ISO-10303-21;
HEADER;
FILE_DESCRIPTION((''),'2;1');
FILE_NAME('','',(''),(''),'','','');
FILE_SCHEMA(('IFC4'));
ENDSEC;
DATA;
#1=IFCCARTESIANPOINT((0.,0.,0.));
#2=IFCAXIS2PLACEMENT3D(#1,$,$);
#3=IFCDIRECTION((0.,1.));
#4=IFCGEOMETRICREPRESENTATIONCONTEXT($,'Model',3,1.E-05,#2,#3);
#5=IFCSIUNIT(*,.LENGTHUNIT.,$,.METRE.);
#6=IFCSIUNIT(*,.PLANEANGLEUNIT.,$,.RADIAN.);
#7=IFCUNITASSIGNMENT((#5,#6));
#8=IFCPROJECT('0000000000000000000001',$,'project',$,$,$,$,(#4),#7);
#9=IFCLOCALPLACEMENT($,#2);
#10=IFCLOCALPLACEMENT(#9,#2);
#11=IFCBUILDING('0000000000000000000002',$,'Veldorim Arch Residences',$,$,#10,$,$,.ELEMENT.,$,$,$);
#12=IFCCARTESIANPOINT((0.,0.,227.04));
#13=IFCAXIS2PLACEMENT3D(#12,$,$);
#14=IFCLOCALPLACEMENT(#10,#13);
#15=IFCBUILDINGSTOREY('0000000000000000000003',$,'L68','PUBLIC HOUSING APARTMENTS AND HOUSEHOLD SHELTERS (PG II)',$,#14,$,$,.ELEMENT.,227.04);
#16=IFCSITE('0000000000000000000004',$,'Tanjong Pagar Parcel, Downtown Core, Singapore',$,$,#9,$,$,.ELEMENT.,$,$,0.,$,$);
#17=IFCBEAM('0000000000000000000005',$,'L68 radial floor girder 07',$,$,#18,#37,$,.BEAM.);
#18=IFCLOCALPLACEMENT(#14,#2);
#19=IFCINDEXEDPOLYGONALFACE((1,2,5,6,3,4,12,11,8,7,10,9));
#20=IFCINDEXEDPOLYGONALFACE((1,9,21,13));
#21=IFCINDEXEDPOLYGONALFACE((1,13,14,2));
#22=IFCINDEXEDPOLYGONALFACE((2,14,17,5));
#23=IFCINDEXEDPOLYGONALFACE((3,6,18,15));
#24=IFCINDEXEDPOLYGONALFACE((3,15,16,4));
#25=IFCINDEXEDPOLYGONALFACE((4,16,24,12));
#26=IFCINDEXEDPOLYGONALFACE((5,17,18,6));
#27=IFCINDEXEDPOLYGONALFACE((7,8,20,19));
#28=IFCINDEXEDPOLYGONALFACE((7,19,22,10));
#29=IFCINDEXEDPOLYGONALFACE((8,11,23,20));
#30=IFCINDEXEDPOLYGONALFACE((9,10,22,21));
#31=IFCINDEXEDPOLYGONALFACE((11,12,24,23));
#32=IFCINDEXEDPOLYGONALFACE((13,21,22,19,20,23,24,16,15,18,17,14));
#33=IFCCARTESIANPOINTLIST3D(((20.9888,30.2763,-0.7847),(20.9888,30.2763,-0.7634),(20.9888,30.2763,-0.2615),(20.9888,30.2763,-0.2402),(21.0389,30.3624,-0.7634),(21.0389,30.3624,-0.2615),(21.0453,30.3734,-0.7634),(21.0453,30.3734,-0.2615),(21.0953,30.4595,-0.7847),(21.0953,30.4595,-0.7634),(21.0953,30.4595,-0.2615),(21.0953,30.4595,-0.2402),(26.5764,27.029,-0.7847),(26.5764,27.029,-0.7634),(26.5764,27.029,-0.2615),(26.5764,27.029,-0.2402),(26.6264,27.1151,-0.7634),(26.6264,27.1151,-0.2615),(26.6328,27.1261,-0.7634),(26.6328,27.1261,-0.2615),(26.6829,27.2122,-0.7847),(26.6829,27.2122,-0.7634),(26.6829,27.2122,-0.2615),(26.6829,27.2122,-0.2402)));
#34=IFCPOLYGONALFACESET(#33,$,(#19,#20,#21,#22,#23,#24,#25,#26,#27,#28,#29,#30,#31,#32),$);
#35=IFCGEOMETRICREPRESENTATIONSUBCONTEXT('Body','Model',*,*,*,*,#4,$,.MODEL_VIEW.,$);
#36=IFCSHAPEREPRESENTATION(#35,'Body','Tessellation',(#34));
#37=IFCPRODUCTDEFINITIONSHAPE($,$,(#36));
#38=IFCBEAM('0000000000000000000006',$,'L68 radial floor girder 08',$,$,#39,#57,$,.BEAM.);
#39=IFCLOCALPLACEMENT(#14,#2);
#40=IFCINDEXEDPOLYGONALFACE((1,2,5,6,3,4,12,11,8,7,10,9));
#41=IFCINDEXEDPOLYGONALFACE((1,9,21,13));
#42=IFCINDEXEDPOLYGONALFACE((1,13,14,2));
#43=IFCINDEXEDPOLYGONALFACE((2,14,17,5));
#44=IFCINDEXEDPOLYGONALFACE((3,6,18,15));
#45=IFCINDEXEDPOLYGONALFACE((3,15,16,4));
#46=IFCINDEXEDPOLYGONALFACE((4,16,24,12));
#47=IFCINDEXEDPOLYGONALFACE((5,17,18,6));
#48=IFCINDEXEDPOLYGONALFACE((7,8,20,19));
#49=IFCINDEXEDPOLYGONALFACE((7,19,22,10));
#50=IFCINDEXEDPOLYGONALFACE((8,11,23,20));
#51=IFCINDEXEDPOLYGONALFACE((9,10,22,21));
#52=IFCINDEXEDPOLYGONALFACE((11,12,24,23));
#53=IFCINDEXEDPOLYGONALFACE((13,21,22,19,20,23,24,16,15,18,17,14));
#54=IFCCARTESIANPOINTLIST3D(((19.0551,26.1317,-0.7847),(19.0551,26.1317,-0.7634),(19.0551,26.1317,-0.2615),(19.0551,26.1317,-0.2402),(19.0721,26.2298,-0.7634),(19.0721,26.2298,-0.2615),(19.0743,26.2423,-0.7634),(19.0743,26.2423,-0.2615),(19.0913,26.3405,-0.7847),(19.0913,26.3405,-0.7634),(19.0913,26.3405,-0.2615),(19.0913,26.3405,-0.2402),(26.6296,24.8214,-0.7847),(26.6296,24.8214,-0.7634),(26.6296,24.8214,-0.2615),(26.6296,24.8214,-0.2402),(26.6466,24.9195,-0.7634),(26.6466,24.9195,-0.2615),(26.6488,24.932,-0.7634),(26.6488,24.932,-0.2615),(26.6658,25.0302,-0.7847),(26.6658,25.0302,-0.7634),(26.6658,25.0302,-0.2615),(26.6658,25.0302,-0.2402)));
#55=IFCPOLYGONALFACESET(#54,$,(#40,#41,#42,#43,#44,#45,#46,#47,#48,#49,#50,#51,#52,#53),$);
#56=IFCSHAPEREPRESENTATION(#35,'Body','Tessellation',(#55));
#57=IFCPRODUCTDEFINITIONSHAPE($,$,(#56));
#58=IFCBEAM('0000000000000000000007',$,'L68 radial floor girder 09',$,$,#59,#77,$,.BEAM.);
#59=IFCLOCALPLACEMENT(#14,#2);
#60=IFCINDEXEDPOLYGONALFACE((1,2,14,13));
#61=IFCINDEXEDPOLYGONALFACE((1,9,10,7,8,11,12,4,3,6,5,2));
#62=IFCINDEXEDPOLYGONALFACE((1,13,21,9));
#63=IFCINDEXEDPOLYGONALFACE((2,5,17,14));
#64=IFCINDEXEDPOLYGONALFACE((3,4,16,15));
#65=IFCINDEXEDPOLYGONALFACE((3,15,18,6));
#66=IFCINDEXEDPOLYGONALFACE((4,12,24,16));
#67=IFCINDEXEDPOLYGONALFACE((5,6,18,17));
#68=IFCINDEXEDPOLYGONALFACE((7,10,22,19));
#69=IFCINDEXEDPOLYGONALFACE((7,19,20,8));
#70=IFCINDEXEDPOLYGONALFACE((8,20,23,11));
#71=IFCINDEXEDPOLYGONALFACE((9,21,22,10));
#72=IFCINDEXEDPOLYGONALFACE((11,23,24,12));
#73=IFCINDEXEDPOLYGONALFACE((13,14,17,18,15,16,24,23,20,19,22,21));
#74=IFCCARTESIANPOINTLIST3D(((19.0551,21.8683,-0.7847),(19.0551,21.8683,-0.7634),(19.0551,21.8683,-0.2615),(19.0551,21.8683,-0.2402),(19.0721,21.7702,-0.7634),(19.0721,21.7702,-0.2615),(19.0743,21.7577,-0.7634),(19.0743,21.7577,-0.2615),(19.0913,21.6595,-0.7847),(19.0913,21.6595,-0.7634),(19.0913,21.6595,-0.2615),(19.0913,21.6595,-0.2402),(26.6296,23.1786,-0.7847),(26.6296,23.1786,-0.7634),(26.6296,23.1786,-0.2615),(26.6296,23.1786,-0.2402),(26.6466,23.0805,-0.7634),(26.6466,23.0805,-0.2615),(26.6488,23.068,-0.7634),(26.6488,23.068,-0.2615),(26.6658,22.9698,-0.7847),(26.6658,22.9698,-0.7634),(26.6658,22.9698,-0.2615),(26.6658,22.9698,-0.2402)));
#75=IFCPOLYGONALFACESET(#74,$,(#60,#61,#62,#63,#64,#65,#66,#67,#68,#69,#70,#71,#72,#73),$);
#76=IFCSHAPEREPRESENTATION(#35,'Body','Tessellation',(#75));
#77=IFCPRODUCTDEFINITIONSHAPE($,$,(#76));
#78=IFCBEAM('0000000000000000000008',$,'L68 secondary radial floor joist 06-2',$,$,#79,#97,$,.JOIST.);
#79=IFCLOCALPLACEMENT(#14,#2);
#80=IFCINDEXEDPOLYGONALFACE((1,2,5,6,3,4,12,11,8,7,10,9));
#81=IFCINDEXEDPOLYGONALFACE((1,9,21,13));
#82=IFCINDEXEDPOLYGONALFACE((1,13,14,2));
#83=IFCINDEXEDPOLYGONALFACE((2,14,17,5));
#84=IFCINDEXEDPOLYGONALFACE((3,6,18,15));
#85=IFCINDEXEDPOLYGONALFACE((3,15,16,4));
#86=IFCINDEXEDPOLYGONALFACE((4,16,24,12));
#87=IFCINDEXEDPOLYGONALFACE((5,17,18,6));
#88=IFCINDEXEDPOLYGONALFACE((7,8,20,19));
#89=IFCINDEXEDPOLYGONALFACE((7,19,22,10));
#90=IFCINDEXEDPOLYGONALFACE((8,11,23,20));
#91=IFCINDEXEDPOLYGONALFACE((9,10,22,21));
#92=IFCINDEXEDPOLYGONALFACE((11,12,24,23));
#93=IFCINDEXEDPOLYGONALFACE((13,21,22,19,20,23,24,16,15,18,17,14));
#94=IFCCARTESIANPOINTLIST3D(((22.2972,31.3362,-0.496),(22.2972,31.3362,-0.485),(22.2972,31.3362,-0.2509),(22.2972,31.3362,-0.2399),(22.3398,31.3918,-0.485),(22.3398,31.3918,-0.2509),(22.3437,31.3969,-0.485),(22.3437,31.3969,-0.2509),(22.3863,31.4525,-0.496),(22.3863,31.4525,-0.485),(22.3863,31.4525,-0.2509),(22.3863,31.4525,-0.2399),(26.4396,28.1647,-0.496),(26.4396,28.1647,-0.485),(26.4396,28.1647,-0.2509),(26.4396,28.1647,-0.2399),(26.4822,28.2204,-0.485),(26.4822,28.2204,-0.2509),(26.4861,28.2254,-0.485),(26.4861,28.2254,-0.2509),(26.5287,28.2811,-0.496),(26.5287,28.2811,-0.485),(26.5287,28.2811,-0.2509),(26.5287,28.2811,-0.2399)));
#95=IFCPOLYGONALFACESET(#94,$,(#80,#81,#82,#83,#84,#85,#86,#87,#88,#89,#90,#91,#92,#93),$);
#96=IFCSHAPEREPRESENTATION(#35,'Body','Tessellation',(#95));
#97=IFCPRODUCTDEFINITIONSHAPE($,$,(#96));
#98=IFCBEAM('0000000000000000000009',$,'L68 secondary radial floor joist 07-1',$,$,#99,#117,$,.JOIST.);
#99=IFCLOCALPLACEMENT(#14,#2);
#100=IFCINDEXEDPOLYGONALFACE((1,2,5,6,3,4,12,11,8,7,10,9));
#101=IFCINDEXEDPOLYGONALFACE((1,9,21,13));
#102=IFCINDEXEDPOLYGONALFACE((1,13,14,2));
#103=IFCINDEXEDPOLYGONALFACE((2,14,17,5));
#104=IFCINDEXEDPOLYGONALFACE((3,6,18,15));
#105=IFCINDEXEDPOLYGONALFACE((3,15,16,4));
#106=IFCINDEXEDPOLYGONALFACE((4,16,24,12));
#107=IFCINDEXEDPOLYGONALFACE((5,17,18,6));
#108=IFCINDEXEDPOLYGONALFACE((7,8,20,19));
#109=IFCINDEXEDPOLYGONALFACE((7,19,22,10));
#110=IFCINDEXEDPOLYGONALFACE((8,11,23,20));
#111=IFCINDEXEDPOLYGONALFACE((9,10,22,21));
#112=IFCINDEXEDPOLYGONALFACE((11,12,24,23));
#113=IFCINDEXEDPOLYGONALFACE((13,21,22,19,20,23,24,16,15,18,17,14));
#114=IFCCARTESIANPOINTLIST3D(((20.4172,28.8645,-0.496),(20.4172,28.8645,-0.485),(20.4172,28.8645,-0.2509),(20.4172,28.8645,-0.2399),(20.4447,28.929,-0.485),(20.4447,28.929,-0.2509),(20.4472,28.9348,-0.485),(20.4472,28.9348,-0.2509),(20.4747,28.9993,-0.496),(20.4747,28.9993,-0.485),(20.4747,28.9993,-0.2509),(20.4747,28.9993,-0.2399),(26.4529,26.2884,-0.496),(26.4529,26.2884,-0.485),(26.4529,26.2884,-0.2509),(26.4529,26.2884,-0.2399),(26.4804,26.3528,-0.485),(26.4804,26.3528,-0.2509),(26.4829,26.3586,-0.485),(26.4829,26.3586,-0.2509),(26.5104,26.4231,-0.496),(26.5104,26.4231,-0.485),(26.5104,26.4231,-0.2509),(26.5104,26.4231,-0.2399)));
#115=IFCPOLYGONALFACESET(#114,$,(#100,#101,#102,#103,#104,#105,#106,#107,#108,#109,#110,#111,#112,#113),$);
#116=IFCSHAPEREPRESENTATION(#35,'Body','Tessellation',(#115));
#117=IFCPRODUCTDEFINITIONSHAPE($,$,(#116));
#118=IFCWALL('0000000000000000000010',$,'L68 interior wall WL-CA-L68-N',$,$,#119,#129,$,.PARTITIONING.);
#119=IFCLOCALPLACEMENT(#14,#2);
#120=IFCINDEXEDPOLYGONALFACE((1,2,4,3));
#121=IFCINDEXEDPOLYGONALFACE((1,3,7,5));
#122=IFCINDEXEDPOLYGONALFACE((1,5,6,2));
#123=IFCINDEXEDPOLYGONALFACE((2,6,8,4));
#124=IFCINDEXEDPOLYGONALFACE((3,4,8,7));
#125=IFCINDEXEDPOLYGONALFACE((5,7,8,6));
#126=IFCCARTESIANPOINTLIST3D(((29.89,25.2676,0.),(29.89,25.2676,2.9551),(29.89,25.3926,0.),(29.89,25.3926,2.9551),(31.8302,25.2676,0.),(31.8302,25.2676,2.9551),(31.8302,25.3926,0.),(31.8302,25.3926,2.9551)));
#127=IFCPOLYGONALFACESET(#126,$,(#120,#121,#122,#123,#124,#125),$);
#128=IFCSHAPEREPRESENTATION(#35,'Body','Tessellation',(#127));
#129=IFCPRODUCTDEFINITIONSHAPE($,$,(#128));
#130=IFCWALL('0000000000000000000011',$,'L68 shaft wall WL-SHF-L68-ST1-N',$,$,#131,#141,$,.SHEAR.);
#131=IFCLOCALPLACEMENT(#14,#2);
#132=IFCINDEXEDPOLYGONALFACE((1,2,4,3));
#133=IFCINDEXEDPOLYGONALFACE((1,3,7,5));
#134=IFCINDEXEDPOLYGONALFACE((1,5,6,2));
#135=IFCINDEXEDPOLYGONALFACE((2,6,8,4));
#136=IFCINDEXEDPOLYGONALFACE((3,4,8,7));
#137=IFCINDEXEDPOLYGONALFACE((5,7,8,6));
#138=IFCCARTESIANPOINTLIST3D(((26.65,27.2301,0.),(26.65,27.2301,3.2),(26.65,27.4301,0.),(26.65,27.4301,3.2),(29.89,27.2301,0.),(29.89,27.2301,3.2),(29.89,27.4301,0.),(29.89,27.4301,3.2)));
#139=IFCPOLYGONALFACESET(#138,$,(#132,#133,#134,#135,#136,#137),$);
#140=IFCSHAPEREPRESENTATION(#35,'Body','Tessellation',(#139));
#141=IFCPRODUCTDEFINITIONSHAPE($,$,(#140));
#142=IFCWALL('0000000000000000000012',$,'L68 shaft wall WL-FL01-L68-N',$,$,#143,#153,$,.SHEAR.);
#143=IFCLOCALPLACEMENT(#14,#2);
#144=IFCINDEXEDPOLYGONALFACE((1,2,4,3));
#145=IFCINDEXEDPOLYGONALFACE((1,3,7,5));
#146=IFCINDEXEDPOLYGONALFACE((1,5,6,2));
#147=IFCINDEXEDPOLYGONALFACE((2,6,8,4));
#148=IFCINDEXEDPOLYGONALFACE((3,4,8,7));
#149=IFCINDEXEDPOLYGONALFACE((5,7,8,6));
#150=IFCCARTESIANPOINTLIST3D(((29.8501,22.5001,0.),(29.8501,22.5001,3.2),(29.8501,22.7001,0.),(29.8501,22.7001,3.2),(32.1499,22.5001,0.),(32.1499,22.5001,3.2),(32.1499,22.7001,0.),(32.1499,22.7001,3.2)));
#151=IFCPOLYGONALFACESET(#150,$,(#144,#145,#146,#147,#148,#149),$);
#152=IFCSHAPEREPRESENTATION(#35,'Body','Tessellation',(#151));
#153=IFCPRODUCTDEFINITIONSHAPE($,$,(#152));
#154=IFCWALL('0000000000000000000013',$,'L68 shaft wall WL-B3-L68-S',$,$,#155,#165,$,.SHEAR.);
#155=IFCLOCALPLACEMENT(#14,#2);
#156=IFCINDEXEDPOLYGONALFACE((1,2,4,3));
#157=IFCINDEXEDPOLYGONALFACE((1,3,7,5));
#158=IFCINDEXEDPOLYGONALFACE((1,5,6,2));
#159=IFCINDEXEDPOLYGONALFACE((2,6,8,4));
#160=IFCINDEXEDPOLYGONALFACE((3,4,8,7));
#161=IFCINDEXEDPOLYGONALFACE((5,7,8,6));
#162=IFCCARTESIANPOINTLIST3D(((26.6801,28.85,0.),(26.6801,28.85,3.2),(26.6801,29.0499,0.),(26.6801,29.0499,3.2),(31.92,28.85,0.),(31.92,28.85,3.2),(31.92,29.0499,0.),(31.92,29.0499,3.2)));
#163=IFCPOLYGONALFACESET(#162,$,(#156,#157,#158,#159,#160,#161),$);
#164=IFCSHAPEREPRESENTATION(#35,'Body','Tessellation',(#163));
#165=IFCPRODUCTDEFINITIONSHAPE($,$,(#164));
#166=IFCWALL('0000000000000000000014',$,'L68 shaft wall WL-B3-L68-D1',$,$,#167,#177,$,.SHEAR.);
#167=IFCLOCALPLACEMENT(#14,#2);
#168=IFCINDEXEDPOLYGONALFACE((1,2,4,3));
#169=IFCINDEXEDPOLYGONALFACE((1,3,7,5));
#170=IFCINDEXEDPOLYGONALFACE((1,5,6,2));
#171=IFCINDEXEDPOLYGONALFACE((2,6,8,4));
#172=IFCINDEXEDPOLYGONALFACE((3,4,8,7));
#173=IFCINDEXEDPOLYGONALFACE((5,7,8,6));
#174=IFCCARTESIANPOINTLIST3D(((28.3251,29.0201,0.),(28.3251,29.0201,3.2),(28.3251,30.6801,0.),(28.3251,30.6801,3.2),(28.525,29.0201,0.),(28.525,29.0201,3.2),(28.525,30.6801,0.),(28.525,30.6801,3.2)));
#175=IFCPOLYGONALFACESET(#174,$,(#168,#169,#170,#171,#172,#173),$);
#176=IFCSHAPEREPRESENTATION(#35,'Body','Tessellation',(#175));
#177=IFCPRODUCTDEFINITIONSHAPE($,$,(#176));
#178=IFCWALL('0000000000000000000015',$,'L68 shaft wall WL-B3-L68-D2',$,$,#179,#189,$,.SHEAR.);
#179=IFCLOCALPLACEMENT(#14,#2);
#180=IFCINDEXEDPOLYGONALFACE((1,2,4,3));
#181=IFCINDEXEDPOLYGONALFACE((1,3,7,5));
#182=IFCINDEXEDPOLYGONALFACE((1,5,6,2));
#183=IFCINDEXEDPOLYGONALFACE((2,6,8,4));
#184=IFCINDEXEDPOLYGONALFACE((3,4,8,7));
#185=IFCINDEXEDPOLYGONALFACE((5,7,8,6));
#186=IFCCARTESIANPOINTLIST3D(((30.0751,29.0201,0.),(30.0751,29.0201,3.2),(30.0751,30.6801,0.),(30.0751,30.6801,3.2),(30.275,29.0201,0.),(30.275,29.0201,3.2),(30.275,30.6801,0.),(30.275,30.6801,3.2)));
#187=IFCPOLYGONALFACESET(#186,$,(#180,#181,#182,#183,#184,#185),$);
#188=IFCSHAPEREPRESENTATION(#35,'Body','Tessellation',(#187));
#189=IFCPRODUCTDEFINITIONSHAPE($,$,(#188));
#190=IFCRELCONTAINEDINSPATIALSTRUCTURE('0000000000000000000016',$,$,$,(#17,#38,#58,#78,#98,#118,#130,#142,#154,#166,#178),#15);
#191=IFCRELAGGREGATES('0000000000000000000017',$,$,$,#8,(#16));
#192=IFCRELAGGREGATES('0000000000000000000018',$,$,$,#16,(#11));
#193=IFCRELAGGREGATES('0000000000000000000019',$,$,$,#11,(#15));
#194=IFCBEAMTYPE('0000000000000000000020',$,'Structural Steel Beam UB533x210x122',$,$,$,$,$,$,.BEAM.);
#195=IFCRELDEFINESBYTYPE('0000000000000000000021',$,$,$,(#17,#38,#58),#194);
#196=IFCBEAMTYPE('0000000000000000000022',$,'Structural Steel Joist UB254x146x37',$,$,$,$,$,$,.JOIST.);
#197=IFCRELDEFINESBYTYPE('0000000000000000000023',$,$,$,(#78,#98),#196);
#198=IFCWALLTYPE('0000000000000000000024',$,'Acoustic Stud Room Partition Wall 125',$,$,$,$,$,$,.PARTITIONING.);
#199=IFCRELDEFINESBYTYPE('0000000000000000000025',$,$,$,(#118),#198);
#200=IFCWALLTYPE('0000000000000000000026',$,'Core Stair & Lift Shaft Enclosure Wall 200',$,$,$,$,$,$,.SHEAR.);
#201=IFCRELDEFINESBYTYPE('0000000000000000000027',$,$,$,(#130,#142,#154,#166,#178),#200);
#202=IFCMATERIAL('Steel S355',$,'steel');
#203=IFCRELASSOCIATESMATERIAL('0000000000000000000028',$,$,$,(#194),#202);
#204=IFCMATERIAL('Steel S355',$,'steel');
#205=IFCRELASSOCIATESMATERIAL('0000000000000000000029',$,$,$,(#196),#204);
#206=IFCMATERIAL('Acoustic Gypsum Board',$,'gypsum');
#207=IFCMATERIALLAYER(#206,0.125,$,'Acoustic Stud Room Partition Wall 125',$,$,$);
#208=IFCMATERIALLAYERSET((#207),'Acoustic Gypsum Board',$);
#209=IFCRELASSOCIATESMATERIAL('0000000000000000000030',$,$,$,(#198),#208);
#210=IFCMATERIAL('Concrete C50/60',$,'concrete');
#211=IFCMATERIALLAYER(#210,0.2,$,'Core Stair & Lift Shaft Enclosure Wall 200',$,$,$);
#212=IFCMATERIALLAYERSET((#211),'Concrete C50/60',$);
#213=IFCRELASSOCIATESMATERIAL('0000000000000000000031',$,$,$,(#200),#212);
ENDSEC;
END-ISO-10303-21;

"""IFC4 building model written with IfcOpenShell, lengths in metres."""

from ifc_helpers import new_model, si_unit, direction, frame, frame_2d, origin, origin_2d, place, context, subcontext, project, spatial, rectangle, i_section, extrude, material, layer, layer_set, material_profile, profile_set, type_object, element, save


model = new_model("IFC4")

# Units and contexts
model_context = context("Model", 3, precision=1e-05, world=origin(), true_north=direction((0.0, 1.0)))
body_context = subcontext(model_context, "Body", "Model", "MODEL_VIEW")
ifc_project = project(units=[si_unit("LENGTHUNIT", "METRE"), si_unit("PLANEANGLEUNIT", "RADIAN")], contexts=[model_context])

# Site, building, storey
site_placement = place(None, origin())
site = spatial("IfcSite", under=ifc_project, at=site_placement, Name="Tanjong Pagar Parcel, Downtown Core, Singapore", CompositionType="ELEMENT", RefElevation=0.0)
building_placement = place(site_placement, origin())
building = spatial("IfcBuilding", under=site, at=building_placement, Name="Veldorim Arch Residences", CompositionType="ELEMENT")
storey_placement = place(building_placement, frame((0.0, 0.0, 227.04)))
storey = spatial("IfcBuildingStorey", under=building, at=storey_placement, Name="L68", Description="PUBLIC HOUSING APARTMENTS AND HOUSEHOLD SHELTERS (PG II)", CompositionType="ELEMENT", Elevation=227.04)

# Beams
ifc_material_1 = material(Name="Steel S355", Category="steel")
ifc_material_profile_1 = material_profile(ifc_material_1, i_section(OverallWidth=0.2119, OverallDepth=0.5444, WebThickness=0.0127, FlangeThickness=0.0212, at=origin_2d()), Name="UB533x210x122")
ifc_profile_set_1 = profile_set([ifc_material_profile_1], Name="Steel S355")
beam_type_1 = type_object("IfcBeamType", Name="Structural Steel Beam UB533x210x122", PredefinedType="BEAM", material=ifc_profile_set_1)
beam_1_placement = place(storey_placement, frame((26.6296, 27.1206, -0.5125), z_axis=(-0.864596, 0.502468, 0.0), x_axis=(-0.502468, -0.864596, 0.0)))
element("IfcBeam", 1, at=beam_1_placement, inside=storey, type_object=beam_type_1, Name="L68 radial floor girder 07", PredefinedType="BEAM", context=body_context, shape_type="SweptSolid", body=[
    extrude(i_section(OverallWidth=0.2119, OverallDepth=0.5444, WebThickness=0.0127, FlangeThickness=0.0212, at=origin_2d()), origin(), (0.0, 0.0, 1.0), 6.4626),
])
for number, where, z_axis, x_axis, name in (
    (2, (26.6477, 24.9258, -0.5125), (-0.985365, 0.170458, 0.0), (-0.170458, -0.985365, 0.0), "L68 radial floor girder 08"),
    (3, (26.6477, 23.0742, -0.5125), (-0.985365, -0.170458, 0.0), (0.170458, -0.985365, 0.0), "L68 radial floor girder 09"),
):
    element("IfcBeam", number, at=place(storey_placement, frame(where, z_axis=z_axis, x_axis=x_axis)), inside=storey, type_object=beam_type_1, Name=name, PredefinedType="BEAM", context=body_context, shape_type="SweptSolid", body=[
        extrude(i_section(OverallWidth=0.2119, OverallDepth=0.5444, WebThickness=0.0127, FlangeThickness=0.0212, at=origin_2d()), origin(), (0.0, 0.0, 1.0), 7.687),
    ])
ifc_material_2 = material(Name="Steel S355", Category="steel")
ifc_material_profile_2 = material_profile(ifc_material_2, i_section(OverallWidth=0.1465, OverallDepth=0.2561, WebThickness=0.0063, FlangeThickness=0.011, at=origin_2d()), Name="UB254x146x37")
ifc_profile_set_2 = profile_set([ifc_material_profile_2], Name="Steel S355")
beam_type_2 = type_object("IfcBeamType", Name="Structural Steel Joist UB254x146x37", PredefinedType="JOIST", material=ifc_profile_set_2)
beam_2_placement = place(storey_placement, frame((26.4841, 28.2229, -0.3679), z_axis=(-0.794014, 0.6079, 0.0), x_axis=(-0.6079, -0.794014, 0.0)))
element("IfcBeam", 4, at=beam_2_placement, inside=storey, type_object=beam_type_2, Name="L68 secondary radial floor joist 06-2", PredefinedType="JOIST", context=body_context, shape_type="SweptSolid", body=[
    extrude(i_section(OverallWidth=0.1465, OverallDepth=0.2561, WebThickness=0.0063, FlangeThickness=0.011, at=origin_2d()), origin(), (0.0, 0.0, 1.0), 5.217),
])
beam_3_placement = place(storey_placement, frame((26.4817, 26.3557, -0.3679), z_axis=(-0.919725, 0.392563, 0.0), x_axis=(-0.392563, -0.919725, 0.0)))
element("IfcBeam", 5, at=beam_3_placement, inside=storey, type_object=beam_type_2, Name="L68 secondary radial floor joist 07-1", PredefinedType="JOIST", context=body_context, shape_type="SweptSolid", body=[
    extrude(i_section(OverallWidth=0.1465, OverallDepth=0.2561, WebThickness=0.0063, FlangeThickness=0.011, at=origin_2d()), origin(), (0.0, 0.0, 1.0), 6.5625),
])

# Walls
ifc_material_3 = material(Name="Acoustic Gypsum Board", Category="gypsum")
ifc_layer_1 = layer(ifc_material_3, 0.125, Name="Acoustic Stud Room Partition Wall 125")
ifc_layer_set_1 = layer_set([ifc_layer_1], Name="Acoustic Gypsum Board")
wall_type_1 = type_object("IfcWallType", Name="Acoustic Stud Room Partition Wall 125", PredefinedType="PARTITIONING", material=ifc_layer_set_1)
wall_1_placement = place(storey_placement, frame((29.8899, 25.3301, 0.0), z_axis=(0.0, 0.0, 1.0), x_axis=(1.0, 0.0, 0.0)))
element("IfcWall", 6, at=wall_1_placement, inside=storey, type_object=wall_type_1, Name="L68 interior wall WL-CA-L68-N", PredefinedType="PARTITIONING", context=body_context, shape_type="SweptSolid", body=[
    extrude(rectangle(XDim=1.9402, YDim=0.125, at=frame_2d((0.9702, 0.0))), origin(), (0.0, 0.0, 1.0), 2.9551),
])
ifc_material_4 = material(Name="Concrete C50/60", Category="concrete")
ifc_layer_2 = layer(ifc_material_4, 0.2, Name="Core Stair & Lift Shaft Enclosure Wall 200")
ifc_layer_set_2 = layer_set([ifc_layer_2], Name="Concrete C50/60")
wall_type_2 = type_object("IfcWallType", Name="Core Stair & Lift Shaft Enclosure Wall 200", PredefinedType="SHEAR", material=ifc_layer_set_2)
wall_2_placement = place(storey_placement, frame((26.6499, 27.3301, 0.0), z_axis=(0.0, 0.0, 1.0), x_axis=(1.0, 0.0, 0.0)))
element("IfcWall", 7, at=wall_2_placement, inside=storey, type_object=wall_type_2, Name="L68 shaft wall WL-SHF-L68-ST1-N", PredefinedType="SHEAR", context=body_context, shape_type="SweptSolid", body=[
    extrude(rectangle(XDim=3.24, YDim=0.2, at=frame_2d((1.6201, 0.0))), origin(), (0.0, 0.0, 1.0), 3.2),
])
wall_3_placement = place(storey_placement, frame((29.8501, 22.6001, 0.0), z_axis=(0.0, 0.0, 1.0), x_axis=(1.0, 0.0, 0.0)))
element("IfcWall", 8, at=wall_3_placement, inside=storey, type_object=wall_type_2, Name="L68 shaft wall WL-FL01-L68-N", PredefinedType="SHEAR", context=body_context, shape_type="SweptSolid", body=[
    extrude(rectangle(XDim=2.2998, YDim=0.2, at=frame_2d((1.1499, 0.0))), origin(), (0.0, 0.0, 1.0), 3.2),
])
wall_4_placement = place(storey_placement, frame((26.6799, 28.95, 0.0), z_axis=(0.0, 0.0, 1.0), x_axis=(1.0, 0.0, 0.0)))
element("IfcWall", 9, at=wall_4_placement, inside=storey, type_object=wall_type_2, Name="L68 shaft wall WL-B3-L68-S", PredefinedType="SHEAR", context=body_context, shape_type="SweptSolid", body=[
    extrude(rectangle(XDim=5.24, YDim=0.2, at=frame_2d((2.6201, 0.0))), origin(), (0.0, 0.0, 1.0), 3.2),
])
for number, where, z_axis, x_axis, name in (
    (10, (28.425, 29.02, 0.0), (0.0, 0.0, 1.0), (0.0, 1.0, 0.0), "L68 shaft wall WL-B3-L68-D1"),
    (11, (30.175, 29.02, 0.0), (0.0, 0.0, 1.0), (0.0, 1.0, 0.0), "L68 shaft wall WL-B3-L68-D2"),
):
    element("IfcWall", number, at=place(storey_placement, frame(where, z_axis=z_axis, x_axis=x_axis)), inside=storey, type_object=wall_type_2, Name=name, PredefinedType="SHEAR", context=body_context, shape_type="SweptSolid", body=[
        extrude(rectangle(XDim=1.6599, YDim=0.2, at=frame_2d((0.8301, 0.0))), origin(), (0.0, 0.0, 1.0), 3.2),
    ])

save(model, "model.ifc")
